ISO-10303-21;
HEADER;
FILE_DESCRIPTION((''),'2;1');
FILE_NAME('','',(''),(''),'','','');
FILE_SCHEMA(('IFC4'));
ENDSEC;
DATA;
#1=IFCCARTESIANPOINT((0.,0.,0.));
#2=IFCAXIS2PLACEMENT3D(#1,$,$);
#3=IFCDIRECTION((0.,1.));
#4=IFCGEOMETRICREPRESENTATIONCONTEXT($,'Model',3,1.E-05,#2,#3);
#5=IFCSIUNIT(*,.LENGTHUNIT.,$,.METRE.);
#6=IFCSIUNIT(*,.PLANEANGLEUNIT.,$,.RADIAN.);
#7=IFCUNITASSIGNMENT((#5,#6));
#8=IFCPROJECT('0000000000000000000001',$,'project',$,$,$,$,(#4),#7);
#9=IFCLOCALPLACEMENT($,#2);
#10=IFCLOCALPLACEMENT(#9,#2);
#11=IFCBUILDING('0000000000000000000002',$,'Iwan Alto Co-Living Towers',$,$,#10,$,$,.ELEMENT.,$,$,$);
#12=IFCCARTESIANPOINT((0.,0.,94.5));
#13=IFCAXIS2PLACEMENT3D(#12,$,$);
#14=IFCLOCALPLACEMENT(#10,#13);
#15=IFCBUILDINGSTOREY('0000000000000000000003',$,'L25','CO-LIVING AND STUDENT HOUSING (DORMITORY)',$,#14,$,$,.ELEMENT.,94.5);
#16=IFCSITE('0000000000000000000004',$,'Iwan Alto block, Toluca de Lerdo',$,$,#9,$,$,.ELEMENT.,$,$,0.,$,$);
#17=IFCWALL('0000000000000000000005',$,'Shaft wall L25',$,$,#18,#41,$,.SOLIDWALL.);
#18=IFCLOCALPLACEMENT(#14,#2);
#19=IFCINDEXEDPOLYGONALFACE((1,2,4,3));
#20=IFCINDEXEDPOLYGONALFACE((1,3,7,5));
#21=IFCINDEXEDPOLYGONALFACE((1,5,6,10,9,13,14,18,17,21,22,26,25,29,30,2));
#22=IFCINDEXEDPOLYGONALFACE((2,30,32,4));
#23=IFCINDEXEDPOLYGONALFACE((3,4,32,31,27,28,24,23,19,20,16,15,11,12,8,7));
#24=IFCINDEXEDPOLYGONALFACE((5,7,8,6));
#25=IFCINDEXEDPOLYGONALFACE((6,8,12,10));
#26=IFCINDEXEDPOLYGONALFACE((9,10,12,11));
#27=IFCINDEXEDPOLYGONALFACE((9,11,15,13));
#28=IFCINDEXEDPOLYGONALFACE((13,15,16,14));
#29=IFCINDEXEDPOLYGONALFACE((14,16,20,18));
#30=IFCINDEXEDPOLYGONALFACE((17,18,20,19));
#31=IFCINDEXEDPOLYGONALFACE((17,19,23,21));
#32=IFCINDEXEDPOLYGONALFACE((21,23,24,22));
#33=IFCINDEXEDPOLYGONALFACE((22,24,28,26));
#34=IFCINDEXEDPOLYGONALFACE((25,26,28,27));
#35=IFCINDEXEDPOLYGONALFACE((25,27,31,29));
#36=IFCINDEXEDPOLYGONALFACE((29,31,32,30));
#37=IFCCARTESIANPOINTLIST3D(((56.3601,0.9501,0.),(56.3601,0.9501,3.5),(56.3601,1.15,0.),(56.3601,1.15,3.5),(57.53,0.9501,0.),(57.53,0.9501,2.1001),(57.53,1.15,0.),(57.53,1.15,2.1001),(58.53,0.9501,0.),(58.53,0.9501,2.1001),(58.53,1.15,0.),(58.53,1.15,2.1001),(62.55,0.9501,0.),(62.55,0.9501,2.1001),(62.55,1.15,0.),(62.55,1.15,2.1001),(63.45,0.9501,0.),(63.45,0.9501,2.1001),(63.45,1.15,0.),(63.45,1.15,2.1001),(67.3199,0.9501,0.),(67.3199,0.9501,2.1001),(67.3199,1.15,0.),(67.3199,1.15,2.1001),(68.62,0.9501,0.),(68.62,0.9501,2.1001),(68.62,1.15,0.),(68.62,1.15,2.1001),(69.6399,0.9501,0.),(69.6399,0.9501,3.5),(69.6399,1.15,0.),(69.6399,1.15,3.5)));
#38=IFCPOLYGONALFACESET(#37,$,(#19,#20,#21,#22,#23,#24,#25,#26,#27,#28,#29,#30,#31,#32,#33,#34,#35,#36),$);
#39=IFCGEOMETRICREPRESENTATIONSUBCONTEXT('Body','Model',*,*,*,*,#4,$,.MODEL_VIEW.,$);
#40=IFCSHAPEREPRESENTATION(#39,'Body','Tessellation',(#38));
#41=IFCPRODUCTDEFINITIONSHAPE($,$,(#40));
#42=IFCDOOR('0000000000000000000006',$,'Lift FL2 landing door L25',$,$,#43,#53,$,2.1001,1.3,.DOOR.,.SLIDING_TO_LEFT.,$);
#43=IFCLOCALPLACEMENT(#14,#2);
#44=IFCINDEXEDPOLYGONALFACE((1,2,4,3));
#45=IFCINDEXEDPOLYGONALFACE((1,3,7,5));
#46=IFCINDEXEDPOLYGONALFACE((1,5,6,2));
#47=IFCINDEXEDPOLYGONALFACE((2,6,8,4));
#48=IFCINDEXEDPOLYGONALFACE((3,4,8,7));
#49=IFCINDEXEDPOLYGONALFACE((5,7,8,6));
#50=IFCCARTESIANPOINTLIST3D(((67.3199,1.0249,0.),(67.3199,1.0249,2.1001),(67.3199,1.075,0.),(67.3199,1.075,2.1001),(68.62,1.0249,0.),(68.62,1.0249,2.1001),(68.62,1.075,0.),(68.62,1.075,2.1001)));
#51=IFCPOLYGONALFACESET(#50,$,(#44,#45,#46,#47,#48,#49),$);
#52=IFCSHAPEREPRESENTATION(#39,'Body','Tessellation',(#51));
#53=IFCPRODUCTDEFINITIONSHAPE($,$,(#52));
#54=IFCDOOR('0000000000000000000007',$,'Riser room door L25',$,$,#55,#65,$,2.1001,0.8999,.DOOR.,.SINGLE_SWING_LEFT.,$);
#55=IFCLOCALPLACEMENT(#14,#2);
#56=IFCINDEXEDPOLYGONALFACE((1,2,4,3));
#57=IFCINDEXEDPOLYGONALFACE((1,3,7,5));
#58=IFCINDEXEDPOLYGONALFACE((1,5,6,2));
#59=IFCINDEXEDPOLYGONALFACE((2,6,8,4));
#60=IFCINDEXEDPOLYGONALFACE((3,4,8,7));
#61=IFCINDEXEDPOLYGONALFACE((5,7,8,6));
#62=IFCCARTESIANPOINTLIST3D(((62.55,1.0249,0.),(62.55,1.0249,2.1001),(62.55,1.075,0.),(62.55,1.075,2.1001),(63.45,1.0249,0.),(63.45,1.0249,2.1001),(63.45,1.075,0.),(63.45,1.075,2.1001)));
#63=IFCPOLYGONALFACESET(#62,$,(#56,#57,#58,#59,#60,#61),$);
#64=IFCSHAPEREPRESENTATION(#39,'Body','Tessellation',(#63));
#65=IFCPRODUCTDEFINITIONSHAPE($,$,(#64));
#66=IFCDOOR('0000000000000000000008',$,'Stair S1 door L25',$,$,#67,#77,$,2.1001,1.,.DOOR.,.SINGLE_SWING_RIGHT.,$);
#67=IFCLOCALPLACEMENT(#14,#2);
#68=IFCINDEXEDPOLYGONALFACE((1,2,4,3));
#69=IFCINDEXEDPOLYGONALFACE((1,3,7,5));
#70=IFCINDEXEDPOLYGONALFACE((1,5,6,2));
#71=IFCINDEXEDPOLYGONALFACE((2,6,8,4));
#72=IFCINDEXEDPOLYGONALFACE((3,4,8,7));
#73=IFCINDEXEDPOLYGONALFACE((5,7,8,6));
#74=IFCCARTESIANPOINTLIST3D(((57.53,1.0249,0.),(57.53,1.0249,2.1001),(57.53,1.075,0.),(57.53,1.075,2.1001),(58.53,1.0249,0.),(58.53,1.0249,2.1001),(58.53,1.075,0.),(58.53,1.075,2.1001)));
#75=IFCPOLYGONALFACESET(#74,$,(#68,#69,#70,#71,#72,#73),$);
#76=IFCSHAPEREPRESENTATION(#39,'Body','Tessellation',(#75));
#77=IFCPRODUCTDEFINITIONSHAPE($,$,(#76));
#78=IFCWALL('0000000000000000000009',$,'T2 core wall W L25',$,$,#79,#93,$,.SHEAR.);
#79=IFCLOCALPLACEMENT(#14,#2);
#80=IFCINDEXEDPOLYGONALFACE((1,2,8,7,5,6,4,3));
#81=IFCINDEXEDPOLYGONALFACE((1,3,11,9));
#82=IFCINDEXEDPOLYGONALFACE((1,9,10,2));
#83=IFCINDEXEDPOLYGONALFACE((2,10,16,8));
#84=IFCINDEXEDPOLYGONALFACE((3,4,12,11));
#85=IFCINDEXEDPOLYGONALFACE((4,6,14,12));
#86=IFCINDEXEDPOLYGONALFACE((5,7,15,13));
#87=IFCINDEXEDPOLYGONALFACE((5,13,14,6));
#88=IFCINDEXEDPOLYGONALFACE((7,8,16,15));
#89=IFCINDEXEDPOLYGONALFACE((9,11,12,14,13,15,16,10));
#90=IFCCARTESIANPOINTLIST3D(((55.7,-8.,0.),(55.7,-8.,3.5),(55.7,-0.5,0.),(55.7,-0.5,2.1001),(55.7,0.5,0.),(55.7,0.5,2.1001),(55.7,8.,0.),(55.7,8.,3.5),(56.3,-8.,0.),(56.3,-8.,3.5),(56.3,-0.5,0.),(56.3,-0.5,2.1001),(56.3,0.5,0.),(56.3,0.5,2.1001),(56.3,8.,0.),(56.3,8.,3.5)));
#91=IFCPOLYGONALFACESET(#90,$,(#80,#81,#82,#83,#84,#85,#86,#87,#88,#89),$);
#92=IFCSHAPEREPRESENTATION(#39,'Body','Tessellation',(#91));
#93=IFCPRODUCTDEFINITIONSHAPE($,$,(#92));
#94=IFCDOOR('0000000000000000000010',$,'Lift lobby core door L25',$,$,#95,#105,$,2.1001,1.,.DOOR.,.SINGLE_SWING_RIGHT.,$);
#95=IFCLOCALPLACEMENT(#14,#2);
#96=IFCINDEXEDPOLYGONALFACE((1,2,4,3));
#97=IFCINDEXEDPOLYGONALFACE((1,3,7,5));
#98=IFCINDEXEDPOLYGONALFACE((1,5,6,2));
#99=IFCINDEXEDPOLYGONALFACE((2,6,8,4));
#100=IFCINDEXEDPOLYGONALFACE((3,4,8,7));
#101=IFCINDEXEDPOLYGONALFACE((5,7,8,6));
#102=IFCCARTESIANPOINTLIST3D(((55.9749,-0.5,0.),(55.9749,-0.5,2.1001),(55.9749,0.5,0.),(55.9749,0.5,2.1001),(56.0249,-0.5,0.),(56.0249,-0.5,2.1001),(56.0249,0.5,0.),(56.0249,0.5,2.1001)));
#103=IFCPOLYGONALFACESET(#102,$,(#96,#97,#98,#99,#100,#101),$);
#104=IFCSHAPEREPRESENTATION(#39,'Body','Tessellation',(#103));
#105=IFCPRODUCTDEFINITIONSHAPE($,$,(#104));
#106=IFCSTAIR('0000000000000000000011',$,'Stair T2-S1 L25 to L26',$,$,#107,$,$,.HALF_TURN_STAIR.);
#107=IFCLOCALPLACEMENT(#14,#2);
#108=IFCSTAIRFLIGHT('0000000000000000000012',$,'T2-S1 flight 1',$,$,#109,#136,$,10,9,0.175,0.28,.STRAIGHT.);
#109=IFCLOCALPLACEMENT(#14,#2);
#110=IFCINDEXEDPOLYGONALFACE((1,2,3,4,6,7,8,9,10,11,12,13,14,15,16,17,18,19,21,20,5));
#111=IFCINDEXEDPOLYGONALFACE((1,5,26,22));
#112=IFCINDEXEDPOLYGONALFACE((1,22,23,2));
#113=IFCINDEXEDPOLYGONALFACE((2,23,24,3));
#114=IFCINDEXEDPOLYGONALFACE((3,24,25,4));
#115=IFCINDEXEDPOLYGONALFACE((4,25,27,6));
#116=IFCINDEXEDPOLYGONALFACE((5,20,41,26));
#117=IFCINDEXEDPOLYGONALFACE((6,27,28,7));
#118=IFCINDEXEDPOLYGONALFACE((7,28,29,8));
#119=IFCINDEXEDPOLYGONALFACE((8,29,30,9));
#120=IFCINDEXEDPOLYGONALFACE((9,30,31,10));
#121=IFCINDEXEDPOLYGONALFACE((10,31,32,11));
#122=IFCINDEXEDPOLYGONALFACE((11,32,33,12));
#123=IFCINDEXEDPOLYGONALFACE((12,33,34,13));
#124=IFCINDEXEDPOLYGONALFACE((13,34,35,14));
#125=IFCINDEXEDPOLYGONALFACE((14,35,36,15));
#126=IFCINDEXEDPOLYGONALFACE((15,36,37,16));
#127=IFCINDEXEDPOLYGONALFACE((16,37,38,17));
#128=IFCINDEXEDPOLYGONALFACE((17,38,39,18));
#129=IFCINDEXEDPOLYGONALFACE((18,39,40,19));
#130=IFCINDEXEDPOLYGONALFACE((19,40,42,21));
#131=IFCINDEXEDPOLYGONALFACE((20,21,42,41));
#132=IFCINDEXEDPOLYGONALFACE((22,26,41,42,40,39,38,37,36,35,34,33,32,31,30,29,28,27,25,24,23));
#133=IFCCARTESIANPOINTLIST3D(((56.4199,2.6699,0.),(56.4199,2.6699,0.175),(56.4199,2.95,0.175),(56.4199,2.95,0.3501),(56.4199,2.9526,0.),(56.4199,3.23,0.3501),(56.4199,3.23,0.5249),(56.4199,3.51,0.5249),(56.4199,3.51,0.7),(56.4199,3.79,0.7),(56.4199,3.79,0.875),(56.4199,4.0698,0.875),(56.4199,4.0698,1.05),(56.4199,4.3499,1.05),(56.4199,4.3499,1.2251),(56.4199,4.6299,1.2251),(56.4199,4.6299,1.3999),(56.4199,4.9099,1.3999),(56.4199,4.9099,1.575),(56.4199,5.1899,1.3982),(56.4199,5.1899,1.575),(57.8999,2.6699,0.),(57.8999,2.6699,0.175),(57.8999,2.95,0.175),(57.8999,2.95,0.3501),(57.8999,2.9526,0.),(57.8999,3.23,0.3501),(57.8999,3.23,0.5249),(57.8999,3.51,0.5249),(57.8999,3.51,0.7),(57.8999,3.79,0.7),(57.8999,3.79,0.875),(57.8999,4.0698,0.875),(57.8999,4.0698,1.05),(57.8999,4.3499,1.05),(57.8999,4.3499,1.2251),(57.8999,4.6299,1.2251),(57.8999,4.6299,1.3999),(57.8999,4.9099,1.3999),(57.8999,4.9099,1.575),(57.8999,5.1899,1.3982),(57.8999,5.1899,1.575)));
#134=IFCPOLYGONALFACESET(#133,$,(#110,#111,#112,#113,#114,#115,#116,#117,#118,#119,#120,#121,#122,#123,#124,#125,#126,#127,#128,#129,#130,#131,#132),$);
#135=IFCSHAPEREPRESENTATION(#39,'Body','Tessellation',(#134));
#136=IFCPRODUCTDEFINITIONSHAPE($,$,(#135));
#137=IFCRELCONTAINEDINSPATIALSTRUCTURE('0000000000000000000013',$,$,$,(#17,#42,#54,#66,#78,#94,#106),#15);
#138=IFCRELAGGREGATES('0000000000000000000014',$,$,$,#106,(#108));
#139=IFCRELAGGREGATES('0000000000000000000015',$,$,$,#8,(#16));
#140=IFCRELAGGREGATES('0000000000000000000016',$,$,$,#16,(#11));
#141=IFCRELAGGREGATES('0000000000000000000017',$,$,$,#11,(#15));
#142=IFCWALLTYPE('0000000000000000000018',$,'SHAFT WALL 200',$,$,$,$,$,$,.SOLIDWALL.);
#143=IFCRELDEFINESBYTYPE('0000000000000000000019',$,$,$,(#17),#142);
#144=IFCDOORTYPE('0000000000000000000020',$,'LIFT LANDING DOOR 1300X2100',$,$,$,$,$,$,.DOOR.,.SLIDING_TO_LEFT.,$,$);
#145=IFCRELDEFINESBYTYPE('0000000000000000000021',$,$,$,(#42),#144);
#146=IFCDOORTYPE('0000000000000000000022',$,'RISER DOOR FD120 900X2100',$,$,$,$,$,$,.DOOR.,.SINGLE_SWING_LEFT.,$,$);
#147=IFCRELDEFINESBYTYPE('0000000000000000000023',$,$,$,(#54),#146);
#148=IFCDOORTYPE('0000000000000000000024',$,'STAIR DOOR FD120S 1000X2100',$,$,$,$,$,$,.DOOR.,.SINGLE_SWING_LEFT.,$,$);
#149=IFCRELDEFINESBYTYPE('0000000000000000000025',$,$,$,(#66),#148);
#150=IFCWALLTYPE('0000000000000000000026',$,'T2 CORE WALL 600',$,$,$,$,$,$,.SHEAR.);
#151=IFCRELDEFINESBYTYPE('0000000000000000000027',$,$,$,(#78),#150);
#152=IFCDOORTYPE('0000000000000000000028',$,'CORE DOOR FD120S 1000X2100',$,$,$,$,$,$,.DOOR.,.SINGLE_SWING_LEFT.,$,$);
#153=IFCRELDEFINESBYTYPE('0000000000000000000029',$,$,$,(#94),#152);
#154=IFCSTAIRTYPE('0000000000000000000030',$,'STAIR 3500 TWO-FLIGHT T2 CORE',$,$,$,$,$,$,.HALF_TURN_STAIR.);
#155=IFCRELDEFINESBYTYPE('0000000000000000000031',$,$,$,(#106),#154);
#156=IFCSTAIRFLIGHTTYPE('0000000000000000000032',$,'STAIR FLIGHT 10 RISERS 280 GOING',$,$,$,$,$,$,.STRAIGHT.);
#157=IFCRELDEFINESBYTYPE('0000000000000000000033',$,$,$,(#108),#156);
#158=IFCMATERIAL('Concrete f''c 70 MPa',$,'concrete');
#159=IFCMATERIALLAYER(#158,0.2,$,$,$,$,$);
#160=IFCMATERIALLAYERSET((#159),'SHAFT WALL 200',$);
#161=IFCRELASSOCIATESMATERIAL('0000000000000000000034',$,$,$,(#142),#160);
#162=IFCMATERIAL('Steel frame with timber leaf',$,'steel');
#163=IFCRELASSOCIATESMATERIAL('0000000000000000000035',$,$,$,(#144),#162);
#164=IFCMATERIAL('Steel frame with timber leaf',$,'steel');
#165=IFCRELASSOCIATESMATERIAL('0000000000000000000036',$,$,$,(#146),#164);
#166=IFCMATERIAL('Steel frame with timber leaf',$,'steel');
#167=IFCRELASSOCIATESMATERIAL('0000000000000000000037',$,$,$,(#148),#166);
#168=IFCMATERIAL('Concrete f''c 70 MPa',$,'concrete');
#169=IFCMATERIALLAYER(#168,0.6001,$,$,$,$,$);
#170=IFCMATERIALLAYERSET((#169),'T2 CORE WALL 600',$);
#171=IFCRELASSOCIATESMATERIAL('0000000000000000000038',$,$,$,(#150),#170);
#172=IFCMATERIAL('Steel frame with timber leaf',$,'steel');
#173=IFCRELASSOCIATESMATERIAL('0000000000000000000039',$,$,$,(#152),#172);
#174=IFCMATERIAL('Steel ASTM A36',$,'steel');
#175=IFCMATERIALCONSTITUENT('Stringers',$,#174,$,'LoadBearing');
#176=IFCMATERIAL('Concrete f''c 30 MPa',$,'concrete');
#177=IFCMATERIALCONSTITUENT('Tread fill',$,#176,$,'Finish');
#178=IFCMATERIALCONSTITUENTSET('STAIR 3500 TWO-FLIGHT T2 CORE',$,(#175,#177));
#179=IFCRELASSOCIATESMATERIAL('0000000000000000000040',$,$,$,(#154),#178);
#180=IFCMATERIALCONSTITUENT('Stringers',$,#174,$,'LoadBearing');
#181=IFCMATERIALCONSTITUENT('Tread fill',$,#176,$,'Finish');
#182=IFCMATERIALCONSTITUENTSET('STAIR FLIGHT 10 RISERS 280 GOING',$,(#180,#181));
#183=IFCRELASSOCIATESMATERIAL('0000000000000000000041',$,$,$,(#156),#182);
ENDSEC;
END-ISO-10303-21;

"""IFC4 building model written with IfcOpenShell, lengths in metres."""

from ifc_helpers import new_model, si_unit, direction, frame, frame_2d, origin, place, context, subcontext, project, spatial, polyline, rectangle, outline, extrude, material, layer, layer_set, constituent, constituent_set, type_object, element, fill, aggregate, save


model = new_model("IFC4")

# Units and contexts
model_context = context("Model", 3, precision=1e-05, world=origin(), true_north=direction((0.0, 1.0)))
body_context = subcontext(model_context, "Body", "Model", "MODEL_VIEW")
ifc_project = project(units=[si_unit("LENGTHUNIT", "METRE"), si_unit("PLANEANGLEUNIT", "RADIAN")], contexts=[model_context])

# Site, building, storey
site_placement = place(None, origin())
site = spatial("IfcSite", under=ifc_project, at=site_placement, Name="Iwan Alto block, Toluca de Lerdo", CompositionType="ELEMENT", RefElevation=0.0)
building_placement = place(site_placement, origin())
building = spatial("IfcBuilding", under=site, at=building_placement, Name="Iwan Alto Co-Living Towers", CompositionType="ELEMENT")
storey_placement = place(building_placement, frame((0.0, 0.0, 94.5)))
storey = spatial("IfcBuildingStorey", under=building, at=storey_placement, Name="L25", Description="CO-LIVING AND STUDENT HOUSING (DORMITORY)", CompositionType="ELEMENT", Elevation=94.5)

# Wall, openings, doors
ifc_material_1 = material(Name="Concrete f'c 70 MPa", Category="concrete")
ifc_layer_1 = layer(ifc_material_1, 0.2)
ifc_layer_set_1 = layer_set([ifc_layer_1], Name="SHAFT WALL 200")
wall_type_1 = type_object("IfcWallType", Name="SHAFT WALL 200", PredefinedType="SOLIDWALL", material=ifc_layer_set_1)
wall_1_placement = place(storey_placement, frame((56.3601, 1.05, 0.0), z_axis=(0.0, 0.0, 1.0), x_axis=(1.0, 0.0, 0.0)))
wall_1 = element("IfcWall", 1, at=wall_1_placement, inside=storey, type_object=wall_type_1, Name="Shaft wall L25", PredefinedType="SOLIDWALL", context=body_context, shape_type="SweptSolid", body=[
    extrude(rectangle(XDim=13.2798, YDim=0.2, at=frame_2d((6.6399, 0.0))), origin(), (0.0, 0.0, 1.0), 3.5),
])
opening_1_placement = place(wall_1_placement, frame((1.1699, 0.0, 0.0)))
opening_1 = element("IfcOpeningElement", 2, at=opening_1_placement, cuts=wall_1, PredefinedType="OPENING", context=body_context, shape_type="SweptSolid", body=[
    extrude(rectangle(XDim=1.0, YDim=2.1001, at=frame_2d((0.5, 1.05))), frame((0.0, 0.1099, 0.0), z_axis=(0.0, -1.0, 0.0), x_axis=(1.0, 0.0, 0.0)), (0.0, 0.0, 1.0), 0.22),
])
opening_2_placement = place(wall_1_placement, frame((6.1899, 0.0, 0.0)))
opening_2 = element("IfcOpeningElement", 3, at=opening_2_placement, cuts=wall_1, PredefinedType="OPENING", context=body_context, shape_type="SweptSolid", body=[
    extrude(rectangle(XDim=0.8999, YDim=2.1001, at=frame_2d((0.45, 1.05))), frame((0.0, 0.1099, 0.0), z_axis=(0.0, -1.0, 0.0), x_axis=(1.0, 0.0, 0.0)), (0.0, 0.0, 1.0), 0.22),
])
opening_3_placement = place(wall_1_placement, frame((10.96, 0.0, 0.0)))
opening_3 = element("IfcOpeningElement", 4, at=opening_3_placement, cuts=wall_1, PredefinedType="OPENING", context=body_context, shape_type="SweptSolid", body=[
    extrude(rectangle(XDim=1.3, YDim=2.1001, at=frame_2d((0.6499, 1.05))), frame((0.0, 0.1099, 0.0), z_axis=(0.0, -1.0, 0.0), x_axis=(1.0, 0.0, 0.0)), (0.0, 0.0, 1.0), 0.22),
])
ifc_material_2 = material(Name="Steel frame with timber leaf", Category="steel")
door_type_1 = type_object("IfcDoorType", Name="LIFT LANDING DOOR 1300X2100", OperationType="SLIDING_TO_LEFT", PredefinedType="DOOR", material=ifc_material_2)
door_1_placement = place(opening_3_placement, origin())
door_1 = element("IfcDoor", 5, at=door_1_placement, inside=storey, type_object=door_type_1, Name="Lift FL2 landing door L25", OperationType="SLIDING_TO_LEFT", OverallHeight=2.1001, OverallWidth=1.3, PredefinedType="DOOR", context=body_context, shape_type="SweptSolid", body=[
    extrude(rectangle(XDim=1.3, YDim=2.1001, at=frame_2d((0.6499, 1.05))), frame((0.0, 0.0249, 0.0), z_axis=(0.0, -1.0, 0.0), x_axis=(1.0, 0.0, 0.0)), (0.0, 0.0, 1.0), 0.05),
])
fill(opening_3, door_1)
ifc_material_3 = material(Name="Steel frame with timber leaf", Category="steel")
door_type_2 = type_object("IfcDoorType", Name="RISER DOOR FD120 900X2100", OperationType="SINGLE_SWING_LEFT", PredefinedType="DOOR", material=ifc_material_3)
door_2_placement = place(opening_2_placement, origin())
door_2 = element("IfcDoor", 6, at=door_2_placement, inside=storey, type_object=door_type_2, Name="Riser room door L25", OperationType="SINGLE_SWING_LEFT", OverallHeight=2.1001, OverallWidth=0.8999, PredefinedType="DOOR", context=body_context, shape_type="SweptSolid", body=[
    extrude(rectangle(XDim=0.8999, YDim=2.1001, at=frame_2d((0.45, 1.05))), frame((0.0, 0.0249, 0.0), z_axis=(0.0, -1.0, 0.0), x_axis=(1.0, 0.0, 0.0)), (0.0, 0.0, 1.0), 0.05),
])
fill(opening_2, door_2)
ifc_material_4 = material(Name="Steel frame with timber leaf", Category="steel")
door_type_3 = type_object("IfcDoorType", Name="STAIR DOOR FD120S 1000X2100", OperationType="SINGLE_SWING_LEFT", PredefinedType="DOOR", material=ifc_material_4)
door_3_placement = place(opening_1_placement, origin())
door_3 = element("IfcDoor", 7, at=door_3_placement, inside=storey, type_object=door_type_3, Name="Stair S1 door L25", OperationType="SINGLE_SWING_RIGHT", OverallHeight=2.1001, OverallWidth=1.0, PredefinedType="DOOR", context=body_context, shape_type="SweptSolid", body=[
    extrude(rectangle(XDim=1.0, YDim=2.1001, at=frame_2d((0.5, 1.05))), frame((0.0, 0.0249, 0.0), z_axis=(0.0, -1.0, 0.0), x_axis=(1.0, 0.0, 0.0)), (0.0, 0.0, 1.0), 0.05),
])
fill(opening_1, door_3)

# Wall, opening, door
ifc_material_5 = material(Name="Concrete f'c 70 MPa", Category="concrete")
ifc_layer_2 = layer(ifc_material_5, 0.6001)
ifc_layer_set_2 = layer_set([ifc_layer_2], Name="T2 CORE WALL 600")
wall_type_2 = type_object("IfcWallType", Name="T2 CORE WALL 600", PredefinedType="SHEAR", material=ifc_layer_set_2)
wall_2_placement = place(storey_placement, frame((56.0, 8.0, 0.0), z_axis=(0.0, 0.0, 1.0), x_axis=(0.0, -1.0, 0.0)))
wall_2 = element("IfcWall", 8, at=wall_2_placement, inside=storey, type_object=wall_type_2, Name="T2 core wall W L25", PredefinedType="SHEAR", context=body_context, shape_type="SweptSolid", body=[
    extrude(rectangle(XDim=16.0, YDim=0.6001, at=frame_2d((8.0, 0.0))), origin(), (0.0, 0.0, 1.0), 3.5),
])
opening_4_placement = place(wall_2_placement, frame((7.5, 0.0, 0.0)))
opening_4 = element("IfcOpeningElement", 9, at=opening_4_placement, cuts=wall_2, PredefinedType="OPENING", context=body_context, shape_type="SweptSolid", body=[
    extrude(rectangle(XDim=1.0, YDim=2.1001, at=frame_2d((0.5, 1.05))), frame((0.0, 0.3101, 0.0), z_axis=(0.0, -1.0, 0.0), x_axis=(1.0, 0.0, 0.0)), (0.0, 0.0, 1.0), 0.6201),
])
ifc_material_6 = material(Name="Steel frame with timber leaf", Category="steel")
door_type_4 = type_object("IfcDoorType", Name="CORE DOOR FD120S 1000X2100", OperationType="SINGLE_SWING_LEFT", PredefinedType="DOOR", material=ifc_material_6)
door_4_placement = place(opening_4_placement, origin())
door_4 = element("IfcDoor", 10, at=door_4_placement, inside=storey, type_object=door_type_4, Name="Lift lobby core door L25", OperationType="SINGLE_SWING_RIGHT", OverallHeight=2.1001, OverallWidth=1.0, PredefinedType="DOOR", context=body_context, shape_type="SweptSolid", body=[
    extrude(rectangle(XDim=1.0, YDim=2.1001, at=frame_2d((0.5, 1.05))), frame((0.0, 0.0249, 0.0), z_axis=(0.0, -1.0, 0.0), x_axis=(1.0, 0.0, 0.0)), (0.0, 0.0, 1.0), 0.05),
])
fill(opening_4, door_4)

# Stair, stair flight
ifc_material_7 = material(Name="Steel ASTM A36", Category="steel")
ifc_constituent_1 = constituent(ifc_material_7, Name="Stringers", Category="LoadBearing")
ifc_material_8 = material(Name="Concrete f'c 30 MPa", Category="concrete")
ifc_constituent_2 = constituent(ifc_material_8, Name="Tread fill", Category="Finish")
ifc_constituent_set_1 = constituent_set(constituents=[ifc_constituent_1, ifc_constituent_2], Name="STAIR 3500 TWO-FLIGHT T2 CORE")
stair_type = type_object("IfcStairType", Name="STAIR 3500 TWO-FLIGHT T2 CORE", PredefinedType="HALF_TURN_STAIR", material=ifc_constituent_set_1)
stair_placement = place(storey_placement, origin())
stair = element("IfcStair", 11, at=stair_placement, inside=storey, type_object=stair_type, Name="Stair T2-S1 L25 to L26", PredefinedType="HALF_TURN_STAIR")
ifc_constituent_3 = constituent(ifc_material_7, Name="Stringers", Category="LoadBearing")
ifc_constituent_4 = constituent(ifc_material_8, Name="Tread fill", Category="Finish")
ifc_constituent_set_2 = constituent_set(constituents=[ifc_constituent_3, ifc_constituent_4], Name="STAIR FLIGHT 10 RISERS 280 GOING")
stair_flight_type = type_object("IfcStairFlightType", Name="STAIR FLIGHT 10 RISERS 280 GOING", PredefinedType="STRAIGHT", material=ifc_constituent_set_2)
stair_flight_placement = place(storey_placement, frame((57.1599, 2.6699, 0.0), z_axis=(0.0, 0.0, 1.0), x_axis=(0.0, 1.0, 0.0)))
stair_flight = element("IfcStairFlight", 12, at=stair_flight_placement, type_object=stair_flight_type, Name="T2-S1 flight 1", NumberOfRisers=10, NumberOfTreads=9, PredefinedType="STRAIGHT", RiserHeight=0.175, TreadLength=0.28, context=body_context, shape_type="SweptSolid", body=[
    extrude(outline(polyline([(0.0, 0.0), (0.0, 0.175), (0.28, 0.175), (0.28, 0.3501), (0.5601, 0.3501), (0.5601, 0.5249), (0.8401, 0.5249), (0.8401, 0.7), (1.1201, 0.7), (1.1201, 0.875), (1.3999, 0.875), (1.3999, 1.05), (1.6799, 1.05), (1.6799, 1.2251), (1.96, 1.2251), (1.96, 1.3999), (2.24, 1.3999), (2.24, 1.575), (2.52, 1.575), (2.52, 1.75), (2.52, 1.3982), (0.2827, 0.0), (0.0, 0.0)])), frame((0.0, 0.74, 0.0), z_axis=(0.0, -1.0, 0.0), x_axis=(1.0, 0.0, 0.0)), (0.0, 0.0, 1.0), 1.48),
])
aggregate(stair, [stair_flight])

save(model, "model.ifc")
